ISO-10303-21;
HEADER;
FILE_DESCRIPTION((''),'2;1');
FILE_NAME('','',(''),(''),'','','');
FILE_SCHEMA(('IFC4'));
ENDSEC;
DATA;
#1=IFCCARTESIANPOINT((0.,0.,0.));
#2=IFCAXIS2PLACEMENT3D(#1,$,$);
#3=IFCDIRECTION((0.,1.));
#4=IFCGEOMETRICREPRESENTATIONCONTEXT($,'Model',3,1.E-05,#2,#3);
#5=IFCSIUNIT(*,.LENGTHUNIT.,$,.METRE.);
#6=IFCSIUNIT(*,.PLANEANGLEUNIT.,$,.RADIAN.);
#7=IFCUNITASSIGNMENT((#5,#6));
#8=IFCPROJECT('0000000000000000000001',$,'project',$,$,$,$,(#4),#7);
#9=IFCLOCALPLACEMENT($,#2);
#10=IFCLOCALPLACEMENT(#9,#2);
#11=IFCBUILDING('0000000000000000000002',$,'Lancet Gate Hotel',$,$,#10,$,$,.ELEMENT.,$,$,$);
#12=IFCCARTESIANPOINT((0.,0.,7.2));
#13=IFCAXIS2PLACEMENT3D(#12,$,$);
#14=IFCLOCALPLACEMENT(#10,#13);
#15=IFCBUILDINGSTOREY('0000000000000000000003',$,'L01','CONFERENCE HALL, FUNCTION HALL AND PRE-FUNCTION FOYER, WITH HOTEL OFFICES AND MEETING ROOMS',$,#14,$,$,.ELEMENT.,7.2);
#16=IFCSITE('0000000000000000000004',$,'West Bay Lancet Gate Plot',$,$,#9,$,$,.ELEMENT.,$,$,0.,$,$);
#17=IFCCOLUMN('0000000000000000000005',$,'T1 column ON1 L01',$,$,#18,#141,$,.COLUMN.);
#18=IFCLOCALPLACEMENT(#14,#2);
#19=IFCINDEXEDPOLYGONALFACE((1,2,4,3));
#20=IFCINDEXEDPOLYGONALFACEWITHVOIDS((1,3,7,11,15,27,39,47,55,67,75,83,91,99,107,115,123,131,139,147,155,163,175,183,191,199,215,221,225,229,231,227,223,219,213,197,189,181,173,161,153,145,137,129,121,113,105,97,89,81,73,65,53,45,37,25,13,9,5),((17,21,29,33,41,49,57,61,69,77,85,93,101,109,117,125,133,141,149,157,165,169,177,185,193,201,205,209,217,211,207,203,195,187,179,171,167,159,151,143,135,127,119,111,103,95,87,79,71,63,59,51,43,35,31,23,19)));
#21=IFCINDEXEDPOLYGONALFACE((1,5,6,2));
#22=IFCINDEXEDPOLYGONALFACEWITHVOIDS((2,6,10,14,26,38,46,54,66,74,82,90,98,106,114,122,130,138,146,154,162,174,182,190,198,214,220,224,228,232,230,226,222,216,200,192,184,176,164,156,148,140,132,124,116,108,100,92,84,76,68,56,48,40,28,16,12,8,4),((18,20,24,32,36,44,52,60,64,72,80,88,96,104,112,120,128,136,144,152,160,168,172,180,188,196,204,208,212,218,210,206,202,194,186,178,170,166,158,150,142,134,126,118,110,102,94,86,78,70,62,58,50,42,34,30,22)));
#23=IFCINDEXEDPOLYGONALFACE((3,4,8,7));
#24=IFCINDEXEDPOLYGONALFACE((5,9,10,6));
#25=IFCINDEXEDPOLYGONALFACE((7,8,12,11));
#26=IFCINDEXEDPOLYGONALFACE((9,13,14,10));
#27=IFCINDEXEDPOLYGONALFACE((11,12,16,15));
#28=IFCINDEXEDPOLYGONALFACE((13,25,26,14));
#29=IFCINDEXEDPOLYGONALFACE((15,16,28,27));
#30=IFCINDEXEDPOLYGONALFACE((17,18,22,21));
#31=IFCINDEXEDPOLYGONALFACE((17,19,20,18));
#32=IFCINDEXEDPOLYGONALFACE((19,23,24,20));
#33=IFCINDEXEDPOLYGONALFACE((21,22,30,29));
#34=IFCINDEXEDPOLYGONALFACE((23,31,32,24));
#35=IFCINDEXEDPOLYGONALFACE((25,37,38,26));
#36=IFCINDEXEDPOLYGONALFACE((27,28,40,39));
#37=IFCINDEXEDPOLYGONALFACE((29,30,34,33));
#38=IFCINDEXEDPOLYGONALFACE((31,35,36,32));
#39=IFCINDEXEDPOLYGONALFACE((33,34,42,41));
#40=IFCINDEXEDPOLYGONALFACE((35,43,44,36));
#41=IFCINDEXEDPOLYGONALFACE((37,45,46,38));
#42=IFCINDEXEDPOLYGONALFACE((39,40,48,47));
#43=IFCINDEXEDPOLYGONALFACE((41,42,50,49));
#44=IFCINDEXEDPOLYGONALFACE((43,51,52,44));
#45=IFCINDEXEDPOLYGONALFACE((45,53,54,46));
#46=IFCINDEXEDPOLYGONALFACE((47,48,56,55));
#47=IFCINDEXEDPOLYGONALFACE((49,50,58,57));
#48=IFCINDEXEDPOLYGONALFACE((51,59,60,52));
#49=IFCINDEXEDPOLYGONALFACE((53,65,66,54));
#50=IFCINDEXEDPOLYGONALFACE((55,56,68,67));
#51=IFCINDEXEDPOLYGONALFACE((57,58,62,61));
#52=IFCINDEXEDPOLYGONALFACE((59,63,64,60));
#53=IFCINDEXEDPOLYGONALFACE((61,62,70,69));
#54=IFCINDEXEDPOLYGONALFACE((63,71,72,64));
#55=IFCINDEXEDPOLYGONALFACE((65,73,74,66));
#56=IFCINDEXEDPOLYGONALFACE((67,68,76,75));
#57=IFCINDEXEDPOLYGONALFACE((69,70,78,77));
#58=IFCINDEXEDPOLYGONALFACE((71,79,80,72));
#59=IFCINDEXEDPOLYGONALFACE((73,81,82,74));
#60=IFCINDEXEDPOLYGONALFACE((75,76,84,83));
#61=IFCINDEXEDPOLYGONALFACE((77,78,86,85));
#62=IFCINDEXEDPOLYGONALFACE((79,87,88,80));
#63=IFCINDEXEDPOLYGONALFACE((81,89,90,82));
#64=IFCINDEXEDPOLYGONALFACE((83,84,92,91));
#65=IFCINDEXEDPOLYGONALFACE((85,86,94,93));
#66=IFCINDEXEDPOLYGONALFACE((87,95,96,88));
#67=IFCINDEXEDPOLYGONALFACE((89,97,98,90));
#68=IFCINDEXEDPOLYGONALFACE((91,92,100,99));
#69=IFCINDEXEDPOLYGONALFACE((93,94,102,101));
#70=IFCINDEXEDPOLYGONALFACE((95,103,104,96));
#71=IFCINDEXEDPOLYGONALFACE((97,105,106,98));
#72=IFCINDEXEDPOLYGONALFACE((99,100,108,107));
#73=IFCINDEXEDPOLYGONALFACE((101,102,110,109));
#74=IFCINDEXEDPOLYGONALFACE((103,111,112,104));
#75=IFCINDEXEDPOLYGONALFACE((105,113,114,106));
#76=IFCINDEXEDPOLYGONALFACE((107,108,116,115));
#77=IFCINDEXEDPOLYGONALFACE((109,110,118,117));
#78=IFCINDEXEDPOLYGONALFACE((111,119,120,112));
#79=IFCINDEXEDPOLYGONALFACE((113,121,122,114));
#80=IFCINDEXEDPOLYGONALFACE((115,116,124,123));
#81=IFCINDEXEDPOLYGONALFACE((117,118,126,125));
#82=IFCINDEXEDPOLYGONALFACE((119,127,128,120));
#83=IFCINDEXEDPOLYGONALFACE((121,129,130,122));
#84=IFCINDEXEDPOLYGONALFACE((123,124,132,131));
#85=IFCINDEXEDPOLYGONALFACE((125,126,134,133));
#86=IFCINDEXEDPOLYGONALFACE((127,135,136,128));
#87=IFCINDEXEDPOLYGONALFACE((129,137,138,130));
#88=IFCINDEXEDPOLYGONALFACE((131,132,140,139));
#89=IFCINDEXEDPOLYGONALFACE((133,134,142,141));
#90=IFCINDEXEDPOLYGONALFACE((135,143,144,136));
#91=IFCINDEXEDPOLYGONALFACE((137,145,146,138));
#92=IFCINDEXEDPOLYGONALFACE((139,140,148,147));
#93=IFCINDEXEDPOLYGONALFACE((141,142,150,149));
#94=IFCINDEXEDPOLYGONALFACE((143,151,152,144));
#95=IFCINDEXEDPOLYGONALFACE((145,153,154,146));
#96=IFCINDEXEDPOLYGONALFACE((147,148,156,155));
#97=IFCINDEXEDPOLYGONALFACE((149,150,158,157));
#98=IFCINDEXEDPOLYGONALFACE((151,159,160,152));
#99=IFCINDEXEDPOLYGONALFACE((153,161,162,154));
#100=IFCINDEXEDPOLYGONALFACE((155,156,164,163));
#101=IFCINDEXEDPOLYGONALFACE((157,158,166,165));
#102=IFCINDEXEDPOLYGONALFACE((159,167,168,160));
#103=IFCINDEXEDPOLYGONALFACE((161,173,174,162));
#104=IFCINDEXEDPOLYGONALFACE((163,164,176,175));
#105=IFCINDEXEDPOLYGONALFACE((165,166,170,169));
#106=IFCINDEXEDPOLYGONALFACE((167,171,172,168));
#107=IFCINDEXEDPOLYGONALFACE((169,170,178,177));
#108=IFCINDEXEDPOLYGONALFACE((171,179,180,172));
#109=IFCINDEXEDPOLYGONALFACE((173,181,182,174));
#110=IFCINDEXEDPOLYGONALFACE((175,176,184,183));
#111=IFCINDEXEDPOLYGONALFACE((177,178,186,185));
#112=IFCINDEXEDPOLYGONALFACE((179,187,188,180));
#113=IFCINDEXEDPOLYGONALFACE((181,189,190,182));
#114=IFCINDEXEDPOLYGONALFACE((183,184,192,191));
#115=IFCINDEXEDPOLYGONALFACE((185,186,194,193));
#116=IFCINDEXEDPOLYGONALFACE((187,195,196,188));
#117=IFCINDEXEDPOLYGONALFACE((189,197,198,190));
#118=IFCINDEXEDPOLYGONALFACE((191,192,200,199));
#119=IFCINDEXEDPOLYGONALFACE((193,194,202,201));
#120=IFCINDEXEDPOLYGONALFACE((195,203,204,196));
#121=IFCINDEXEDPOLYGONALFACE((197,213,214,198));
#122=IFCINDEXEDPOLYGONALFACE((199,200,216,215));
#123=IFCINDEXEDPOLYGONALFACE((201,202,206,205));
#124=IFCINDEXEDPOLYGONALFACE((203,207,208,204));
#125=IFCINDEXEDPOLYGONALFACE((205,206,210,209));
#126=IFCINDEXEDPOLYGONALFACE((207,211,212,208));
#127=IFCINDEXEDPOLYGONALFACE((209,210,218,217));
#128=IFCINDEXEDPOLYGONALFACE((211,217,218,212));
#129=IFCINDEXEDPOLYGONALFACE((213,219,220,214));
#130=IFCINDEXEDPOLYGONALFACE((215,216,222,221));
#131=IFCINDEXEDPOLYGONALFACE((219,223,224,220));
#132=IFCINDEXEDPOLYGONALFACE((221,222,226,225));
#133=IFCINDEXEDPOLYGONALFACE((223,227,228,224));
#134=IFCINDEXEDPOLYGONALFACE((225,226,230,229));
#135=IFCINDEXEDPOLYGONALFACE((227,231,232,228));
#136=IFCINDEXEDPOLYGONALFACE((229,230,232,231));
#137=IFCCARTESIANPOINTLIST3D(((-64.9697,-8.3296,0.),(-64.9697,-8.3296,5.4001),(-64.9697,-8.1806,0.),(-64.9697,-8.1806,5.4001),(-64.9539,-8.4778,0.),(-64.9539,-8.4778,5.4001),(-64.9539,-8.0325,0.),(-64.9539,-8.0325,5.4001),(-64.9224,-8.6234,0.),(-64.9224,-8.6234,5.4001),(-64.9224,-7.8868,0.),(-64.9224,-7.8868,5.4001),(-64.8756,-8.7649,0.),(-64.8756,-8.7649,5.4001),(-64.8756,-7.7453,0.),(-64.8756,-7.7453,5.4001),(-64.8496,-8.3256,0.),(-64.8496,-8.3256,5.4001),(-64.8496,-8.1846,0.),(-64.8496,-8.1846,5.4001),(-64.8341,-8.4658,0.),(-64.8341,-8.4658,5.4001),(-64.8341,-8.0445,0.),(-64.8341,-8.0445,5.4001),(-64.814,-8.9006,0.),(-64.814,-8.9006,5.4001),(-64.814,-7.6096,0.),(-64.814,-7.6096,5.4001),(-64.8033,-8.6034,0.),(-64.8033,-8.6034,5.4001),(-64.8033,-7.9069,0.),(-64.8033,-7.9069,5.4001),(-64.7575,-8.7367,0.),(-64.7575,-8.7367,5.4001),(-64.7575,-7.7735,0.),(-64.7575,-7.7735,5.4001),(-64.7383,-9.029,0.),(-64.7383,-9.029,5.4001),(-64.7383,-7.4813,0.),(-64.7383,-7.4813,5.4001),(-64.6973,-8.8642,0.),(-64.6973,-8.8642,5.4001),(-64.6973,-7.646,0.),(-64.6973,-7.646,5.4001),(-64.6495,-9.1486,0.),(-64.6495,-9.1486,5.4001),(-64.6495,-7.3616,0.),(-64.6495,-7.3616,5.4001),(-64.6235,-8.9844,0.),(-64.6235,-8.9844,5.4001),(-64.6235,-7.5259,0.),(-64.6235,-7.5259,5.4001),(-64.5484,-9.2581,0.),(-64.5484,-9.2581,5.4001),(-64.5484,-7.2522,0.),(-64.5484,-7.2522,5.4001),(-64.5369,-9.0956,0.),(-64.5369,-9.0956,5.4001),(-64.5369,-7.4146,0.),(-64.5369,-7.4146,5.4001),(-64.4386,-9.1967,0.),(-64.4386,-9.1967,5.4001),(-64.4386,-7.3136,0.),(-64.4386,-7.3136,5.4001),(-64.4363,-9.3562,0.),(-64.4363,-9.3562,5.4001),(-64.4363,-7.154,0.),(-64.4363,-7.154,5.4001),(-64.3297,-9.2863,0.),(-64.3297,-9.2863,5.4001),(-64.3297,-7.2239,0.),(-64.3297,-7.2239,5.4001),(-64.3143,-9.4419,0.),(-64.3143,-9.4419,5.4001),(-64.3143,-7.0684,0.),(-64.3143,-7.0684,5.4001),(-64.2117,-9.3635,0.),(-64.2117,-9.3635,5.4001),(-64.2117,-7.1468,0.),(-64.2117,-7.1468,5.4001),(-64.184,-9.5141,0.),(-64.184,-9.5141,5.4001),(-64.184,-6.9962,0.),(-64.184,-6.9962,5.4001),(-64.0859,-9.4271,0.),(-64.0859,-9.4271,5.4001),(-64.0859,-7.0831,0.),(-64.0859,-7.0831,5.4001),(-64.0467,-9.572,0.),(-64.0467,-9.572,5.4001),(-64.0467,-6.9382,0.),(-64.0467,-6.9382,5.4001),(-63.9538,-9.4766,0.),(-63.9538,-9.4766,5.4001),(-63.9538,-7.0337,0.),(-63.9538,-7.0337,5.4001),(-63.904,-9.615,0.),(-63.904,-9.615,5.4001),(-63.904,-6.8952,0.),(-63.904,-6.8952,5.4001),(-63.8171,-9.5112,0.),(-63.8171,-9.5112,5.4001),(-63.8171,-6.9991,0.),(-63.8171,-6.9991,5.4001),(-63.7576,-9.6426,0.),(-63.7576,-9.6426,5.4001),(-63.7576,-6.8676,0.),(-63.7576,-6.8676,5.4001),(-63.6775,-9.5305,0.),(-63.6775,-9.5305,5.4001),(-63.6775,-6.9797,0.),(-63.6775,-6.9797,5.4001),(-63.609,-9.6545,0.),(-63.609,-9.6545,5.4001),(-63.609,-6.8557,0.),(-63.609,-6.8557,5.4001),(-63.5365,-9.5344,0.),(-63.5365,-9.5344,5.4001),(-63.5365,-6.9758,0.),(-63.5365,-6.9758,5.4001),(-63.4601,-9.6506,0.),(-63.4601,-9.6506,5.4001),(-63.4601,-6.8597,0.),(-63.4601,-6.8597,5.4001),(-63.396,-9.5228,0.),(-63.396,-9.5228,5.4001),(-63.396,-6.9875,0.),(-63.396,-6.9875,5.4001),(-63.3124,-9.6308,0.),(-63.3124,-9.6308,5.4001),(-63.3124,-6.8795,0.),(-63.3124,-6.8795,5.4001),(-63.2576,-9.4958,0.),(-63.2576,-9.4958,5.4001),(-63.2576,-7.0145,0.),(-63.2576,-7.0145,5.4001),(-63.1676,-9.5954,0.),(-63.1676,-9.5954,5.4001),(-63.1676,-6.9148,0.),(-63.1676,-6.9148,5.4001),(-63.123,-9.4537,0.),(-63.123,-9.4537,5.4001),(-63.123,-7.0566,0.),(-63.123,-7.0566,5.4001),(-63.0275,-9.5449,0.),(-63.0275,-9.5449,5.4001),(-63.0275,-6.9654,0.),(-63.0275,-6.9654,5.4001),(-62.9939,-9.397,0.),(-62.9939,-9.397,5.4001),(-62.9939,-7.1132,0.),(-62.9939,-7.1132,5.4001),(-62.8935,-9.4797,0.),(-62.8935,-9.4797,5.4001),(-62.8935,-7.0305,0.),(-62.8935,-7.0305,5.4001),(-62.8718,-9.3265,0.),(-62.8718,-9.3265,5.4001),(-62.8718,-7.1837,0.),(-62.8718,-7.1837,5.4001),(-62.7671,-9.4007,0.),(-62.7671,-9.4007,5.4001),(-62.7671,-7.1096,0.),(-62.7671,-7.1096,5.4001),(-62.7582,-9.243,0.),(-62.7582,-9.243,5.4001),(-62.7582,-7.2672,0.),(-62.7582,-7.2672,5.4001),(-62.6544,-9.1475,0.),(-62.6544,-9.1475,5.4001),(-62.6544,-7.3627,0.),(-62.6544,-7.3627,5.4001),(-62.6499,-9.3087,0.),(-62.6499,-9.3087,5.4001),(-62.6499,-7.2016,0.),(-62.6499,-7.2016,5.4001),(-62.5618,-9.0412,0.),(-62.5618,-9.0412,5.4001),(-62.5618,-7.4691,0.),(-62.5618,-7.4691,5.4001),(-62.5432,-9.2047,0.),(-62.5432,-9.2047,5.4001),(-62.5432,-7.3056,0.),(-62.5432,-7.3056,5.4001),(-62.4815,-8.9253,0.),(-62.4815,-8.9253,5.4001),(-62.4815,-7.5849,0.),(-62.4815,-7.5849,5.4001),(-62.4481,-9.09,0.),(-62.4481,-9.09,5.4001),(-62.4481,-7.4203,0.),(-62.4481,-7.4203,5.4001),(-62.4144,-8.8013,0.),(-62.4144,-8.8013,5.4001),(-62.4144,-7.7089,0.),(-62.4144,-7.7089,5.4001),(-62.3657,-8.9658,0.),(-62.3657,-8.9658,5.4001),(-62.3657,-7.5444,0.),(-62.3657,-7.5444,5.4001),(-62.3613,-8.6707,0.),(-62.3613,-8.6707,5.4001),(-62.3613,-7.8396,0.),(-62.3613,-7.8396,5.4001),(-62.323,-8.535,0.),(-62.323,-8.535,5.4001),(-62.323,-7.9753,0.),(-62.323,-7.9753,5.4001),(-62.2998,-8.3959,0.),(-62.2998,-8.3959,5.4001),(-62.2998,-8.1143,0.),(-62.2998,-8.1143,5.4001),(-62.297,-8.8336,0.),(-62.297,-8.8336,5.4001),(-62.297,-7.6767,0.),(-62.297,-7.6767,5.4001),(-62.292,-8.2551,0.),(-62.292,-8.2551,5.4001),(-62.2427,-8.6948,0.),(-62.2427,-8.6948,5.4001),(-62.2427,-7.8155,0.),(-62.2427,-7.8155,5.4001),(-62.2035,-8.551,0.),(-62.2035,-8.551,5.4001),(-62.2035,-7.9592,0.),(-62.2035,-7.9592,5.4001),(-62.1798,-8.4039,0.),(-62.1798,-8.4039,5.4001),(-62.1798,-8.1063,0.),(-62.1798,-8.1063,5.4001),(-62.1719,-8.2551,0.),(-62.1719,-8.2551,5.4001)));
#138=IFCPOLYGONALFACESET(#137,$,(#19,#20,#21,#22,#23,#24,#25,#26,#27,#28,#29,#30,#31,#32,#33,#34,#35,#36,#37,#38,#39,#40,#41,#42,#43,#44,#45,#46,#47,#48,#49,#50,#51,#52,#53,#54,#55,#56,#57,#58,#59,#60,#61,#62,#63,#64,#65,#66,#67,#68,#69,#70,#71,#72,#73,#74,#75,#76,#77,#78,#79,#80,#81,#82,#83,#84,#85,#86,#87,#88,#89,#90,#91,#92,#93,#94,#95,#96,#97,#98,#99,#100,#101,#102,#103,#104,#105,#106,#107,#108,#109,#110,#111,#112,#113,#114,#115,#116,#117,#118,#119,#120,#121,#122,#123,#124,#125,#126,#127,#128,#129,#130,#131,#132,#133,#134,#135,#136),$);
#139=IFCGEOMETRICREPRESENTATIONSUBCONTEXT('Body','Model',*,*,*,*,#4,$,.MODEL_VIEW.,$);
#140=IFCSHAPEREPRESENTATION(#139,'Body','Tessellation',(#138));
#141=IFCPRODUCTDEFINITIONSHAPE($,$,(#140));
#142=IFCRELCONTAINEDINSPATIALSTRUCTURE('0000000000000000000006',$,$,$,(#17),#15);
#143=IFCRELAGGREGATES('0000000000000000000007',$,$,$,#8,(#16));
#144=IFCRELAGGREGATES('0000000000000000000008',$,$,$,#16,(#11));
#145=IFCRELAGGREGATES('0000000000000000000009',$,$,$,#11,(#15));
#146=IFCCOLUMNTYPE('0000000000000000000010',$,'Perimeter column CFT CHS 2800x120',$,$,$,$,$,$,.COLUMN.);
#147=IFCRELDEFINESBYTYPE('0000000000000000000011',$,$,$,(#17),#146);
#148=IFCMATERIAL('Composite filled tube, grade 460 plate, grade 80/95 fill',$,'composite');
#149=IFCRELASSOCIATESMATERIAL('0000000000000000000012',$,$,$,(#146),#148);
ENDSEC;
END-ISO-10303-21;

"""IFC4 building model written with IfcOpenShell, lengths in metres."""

from ifc_helpers import new_model, si_unit, direction, frame, origin, origin_2d, place, context, subcontext, project, spatial, hollow_circle, extrude, material, material_profile, profile_set, type_object, element, save


model = new_model("IFC4")

# Units and contexts
model_context = context("Model", 3, precision=1e-05, world=origin(), true_north=direction((0.0, 1.0)))
body_context = subcontext(model_context, "Body", "Model", "MODEL_VIEW")
ifc_project = project(units=[si_unit("LENGTHUNIT", "METRE"), si_unit("PLANEANGLEUNIT", "RADIAN")], contexts=[model_context])

# Site, building, storey
site_placement = place(None, origin())
site = spatial("IfcSite", under=ifc_project, at=site_placement, Name="West Bay Lancet Gate Plot", CompositionType="ELEMENT", RefElevation=0.0)
building_placement = place(site_placement, origin())
building = spatial("IfcBuilding", under=site, at=building_placement, Name="Lancet Gate Hotel", CompositionType="ELEMENT")
storey_placement = place(building_placement, frame((0.0, 0.0, 7.2)))
storey = spatial("IfcBuildingStorey", under=building, at=storey_placement, Name="L01", Description="CONFERENCE HALL, FUNCTION HALL AND PRE-FUNCTION FOYER, WITH HOTEL OFFICES AND MEETING ROOMS", CompositionType="ELEMENT", Elevation=7.2)

# Column
ifc_material_1 = material(Name="Composite filled tube, grade 460 plate, grade 80/95 fill", Category="composite")
ifc_material_profile_1 = material_profile(ifc_material_1, hollow_circle(Radius=1.3999, WallThickness=0.1201, at=origin_2d()), Name="CHS 2800x120")
ifc_profile_set_1 = profile_set([ifc_material_profile_1], Name="Composite filled tube, grade 460 plate, grade 80/95 fill")
column_type_1 = type_object("IfcColumnType", Name="Perimeter column CFT CHS 2800x120", PredefinedType="COLUMN", material=ifc_profile_set_1)
for number, where, z_axis, x_axis, name in (
    (1, (-63.5718, -8.2551, 0.0), (0.0, 0.0, 1.0), (1.0, 0.0, 0.0), "T1 column ON1 L01"),
):
    element("IfcColumn", number, at=place(storey_placement, frame(where, z_axis=z_axis, x_axis=x_axis)), inside=storey, type_object=column_type_1, Name=name, PredefinedType="COLUMN", context=body_context, shape_type="SweptSolid", body=[
        extrude(hollow_circle(Radius=1.3999, WallThickness=0.1201, at=origin_2d()), origin(), (0.0, 0.0, 1.0), 5.4001),
    ])

save(model, "model.ifc")
